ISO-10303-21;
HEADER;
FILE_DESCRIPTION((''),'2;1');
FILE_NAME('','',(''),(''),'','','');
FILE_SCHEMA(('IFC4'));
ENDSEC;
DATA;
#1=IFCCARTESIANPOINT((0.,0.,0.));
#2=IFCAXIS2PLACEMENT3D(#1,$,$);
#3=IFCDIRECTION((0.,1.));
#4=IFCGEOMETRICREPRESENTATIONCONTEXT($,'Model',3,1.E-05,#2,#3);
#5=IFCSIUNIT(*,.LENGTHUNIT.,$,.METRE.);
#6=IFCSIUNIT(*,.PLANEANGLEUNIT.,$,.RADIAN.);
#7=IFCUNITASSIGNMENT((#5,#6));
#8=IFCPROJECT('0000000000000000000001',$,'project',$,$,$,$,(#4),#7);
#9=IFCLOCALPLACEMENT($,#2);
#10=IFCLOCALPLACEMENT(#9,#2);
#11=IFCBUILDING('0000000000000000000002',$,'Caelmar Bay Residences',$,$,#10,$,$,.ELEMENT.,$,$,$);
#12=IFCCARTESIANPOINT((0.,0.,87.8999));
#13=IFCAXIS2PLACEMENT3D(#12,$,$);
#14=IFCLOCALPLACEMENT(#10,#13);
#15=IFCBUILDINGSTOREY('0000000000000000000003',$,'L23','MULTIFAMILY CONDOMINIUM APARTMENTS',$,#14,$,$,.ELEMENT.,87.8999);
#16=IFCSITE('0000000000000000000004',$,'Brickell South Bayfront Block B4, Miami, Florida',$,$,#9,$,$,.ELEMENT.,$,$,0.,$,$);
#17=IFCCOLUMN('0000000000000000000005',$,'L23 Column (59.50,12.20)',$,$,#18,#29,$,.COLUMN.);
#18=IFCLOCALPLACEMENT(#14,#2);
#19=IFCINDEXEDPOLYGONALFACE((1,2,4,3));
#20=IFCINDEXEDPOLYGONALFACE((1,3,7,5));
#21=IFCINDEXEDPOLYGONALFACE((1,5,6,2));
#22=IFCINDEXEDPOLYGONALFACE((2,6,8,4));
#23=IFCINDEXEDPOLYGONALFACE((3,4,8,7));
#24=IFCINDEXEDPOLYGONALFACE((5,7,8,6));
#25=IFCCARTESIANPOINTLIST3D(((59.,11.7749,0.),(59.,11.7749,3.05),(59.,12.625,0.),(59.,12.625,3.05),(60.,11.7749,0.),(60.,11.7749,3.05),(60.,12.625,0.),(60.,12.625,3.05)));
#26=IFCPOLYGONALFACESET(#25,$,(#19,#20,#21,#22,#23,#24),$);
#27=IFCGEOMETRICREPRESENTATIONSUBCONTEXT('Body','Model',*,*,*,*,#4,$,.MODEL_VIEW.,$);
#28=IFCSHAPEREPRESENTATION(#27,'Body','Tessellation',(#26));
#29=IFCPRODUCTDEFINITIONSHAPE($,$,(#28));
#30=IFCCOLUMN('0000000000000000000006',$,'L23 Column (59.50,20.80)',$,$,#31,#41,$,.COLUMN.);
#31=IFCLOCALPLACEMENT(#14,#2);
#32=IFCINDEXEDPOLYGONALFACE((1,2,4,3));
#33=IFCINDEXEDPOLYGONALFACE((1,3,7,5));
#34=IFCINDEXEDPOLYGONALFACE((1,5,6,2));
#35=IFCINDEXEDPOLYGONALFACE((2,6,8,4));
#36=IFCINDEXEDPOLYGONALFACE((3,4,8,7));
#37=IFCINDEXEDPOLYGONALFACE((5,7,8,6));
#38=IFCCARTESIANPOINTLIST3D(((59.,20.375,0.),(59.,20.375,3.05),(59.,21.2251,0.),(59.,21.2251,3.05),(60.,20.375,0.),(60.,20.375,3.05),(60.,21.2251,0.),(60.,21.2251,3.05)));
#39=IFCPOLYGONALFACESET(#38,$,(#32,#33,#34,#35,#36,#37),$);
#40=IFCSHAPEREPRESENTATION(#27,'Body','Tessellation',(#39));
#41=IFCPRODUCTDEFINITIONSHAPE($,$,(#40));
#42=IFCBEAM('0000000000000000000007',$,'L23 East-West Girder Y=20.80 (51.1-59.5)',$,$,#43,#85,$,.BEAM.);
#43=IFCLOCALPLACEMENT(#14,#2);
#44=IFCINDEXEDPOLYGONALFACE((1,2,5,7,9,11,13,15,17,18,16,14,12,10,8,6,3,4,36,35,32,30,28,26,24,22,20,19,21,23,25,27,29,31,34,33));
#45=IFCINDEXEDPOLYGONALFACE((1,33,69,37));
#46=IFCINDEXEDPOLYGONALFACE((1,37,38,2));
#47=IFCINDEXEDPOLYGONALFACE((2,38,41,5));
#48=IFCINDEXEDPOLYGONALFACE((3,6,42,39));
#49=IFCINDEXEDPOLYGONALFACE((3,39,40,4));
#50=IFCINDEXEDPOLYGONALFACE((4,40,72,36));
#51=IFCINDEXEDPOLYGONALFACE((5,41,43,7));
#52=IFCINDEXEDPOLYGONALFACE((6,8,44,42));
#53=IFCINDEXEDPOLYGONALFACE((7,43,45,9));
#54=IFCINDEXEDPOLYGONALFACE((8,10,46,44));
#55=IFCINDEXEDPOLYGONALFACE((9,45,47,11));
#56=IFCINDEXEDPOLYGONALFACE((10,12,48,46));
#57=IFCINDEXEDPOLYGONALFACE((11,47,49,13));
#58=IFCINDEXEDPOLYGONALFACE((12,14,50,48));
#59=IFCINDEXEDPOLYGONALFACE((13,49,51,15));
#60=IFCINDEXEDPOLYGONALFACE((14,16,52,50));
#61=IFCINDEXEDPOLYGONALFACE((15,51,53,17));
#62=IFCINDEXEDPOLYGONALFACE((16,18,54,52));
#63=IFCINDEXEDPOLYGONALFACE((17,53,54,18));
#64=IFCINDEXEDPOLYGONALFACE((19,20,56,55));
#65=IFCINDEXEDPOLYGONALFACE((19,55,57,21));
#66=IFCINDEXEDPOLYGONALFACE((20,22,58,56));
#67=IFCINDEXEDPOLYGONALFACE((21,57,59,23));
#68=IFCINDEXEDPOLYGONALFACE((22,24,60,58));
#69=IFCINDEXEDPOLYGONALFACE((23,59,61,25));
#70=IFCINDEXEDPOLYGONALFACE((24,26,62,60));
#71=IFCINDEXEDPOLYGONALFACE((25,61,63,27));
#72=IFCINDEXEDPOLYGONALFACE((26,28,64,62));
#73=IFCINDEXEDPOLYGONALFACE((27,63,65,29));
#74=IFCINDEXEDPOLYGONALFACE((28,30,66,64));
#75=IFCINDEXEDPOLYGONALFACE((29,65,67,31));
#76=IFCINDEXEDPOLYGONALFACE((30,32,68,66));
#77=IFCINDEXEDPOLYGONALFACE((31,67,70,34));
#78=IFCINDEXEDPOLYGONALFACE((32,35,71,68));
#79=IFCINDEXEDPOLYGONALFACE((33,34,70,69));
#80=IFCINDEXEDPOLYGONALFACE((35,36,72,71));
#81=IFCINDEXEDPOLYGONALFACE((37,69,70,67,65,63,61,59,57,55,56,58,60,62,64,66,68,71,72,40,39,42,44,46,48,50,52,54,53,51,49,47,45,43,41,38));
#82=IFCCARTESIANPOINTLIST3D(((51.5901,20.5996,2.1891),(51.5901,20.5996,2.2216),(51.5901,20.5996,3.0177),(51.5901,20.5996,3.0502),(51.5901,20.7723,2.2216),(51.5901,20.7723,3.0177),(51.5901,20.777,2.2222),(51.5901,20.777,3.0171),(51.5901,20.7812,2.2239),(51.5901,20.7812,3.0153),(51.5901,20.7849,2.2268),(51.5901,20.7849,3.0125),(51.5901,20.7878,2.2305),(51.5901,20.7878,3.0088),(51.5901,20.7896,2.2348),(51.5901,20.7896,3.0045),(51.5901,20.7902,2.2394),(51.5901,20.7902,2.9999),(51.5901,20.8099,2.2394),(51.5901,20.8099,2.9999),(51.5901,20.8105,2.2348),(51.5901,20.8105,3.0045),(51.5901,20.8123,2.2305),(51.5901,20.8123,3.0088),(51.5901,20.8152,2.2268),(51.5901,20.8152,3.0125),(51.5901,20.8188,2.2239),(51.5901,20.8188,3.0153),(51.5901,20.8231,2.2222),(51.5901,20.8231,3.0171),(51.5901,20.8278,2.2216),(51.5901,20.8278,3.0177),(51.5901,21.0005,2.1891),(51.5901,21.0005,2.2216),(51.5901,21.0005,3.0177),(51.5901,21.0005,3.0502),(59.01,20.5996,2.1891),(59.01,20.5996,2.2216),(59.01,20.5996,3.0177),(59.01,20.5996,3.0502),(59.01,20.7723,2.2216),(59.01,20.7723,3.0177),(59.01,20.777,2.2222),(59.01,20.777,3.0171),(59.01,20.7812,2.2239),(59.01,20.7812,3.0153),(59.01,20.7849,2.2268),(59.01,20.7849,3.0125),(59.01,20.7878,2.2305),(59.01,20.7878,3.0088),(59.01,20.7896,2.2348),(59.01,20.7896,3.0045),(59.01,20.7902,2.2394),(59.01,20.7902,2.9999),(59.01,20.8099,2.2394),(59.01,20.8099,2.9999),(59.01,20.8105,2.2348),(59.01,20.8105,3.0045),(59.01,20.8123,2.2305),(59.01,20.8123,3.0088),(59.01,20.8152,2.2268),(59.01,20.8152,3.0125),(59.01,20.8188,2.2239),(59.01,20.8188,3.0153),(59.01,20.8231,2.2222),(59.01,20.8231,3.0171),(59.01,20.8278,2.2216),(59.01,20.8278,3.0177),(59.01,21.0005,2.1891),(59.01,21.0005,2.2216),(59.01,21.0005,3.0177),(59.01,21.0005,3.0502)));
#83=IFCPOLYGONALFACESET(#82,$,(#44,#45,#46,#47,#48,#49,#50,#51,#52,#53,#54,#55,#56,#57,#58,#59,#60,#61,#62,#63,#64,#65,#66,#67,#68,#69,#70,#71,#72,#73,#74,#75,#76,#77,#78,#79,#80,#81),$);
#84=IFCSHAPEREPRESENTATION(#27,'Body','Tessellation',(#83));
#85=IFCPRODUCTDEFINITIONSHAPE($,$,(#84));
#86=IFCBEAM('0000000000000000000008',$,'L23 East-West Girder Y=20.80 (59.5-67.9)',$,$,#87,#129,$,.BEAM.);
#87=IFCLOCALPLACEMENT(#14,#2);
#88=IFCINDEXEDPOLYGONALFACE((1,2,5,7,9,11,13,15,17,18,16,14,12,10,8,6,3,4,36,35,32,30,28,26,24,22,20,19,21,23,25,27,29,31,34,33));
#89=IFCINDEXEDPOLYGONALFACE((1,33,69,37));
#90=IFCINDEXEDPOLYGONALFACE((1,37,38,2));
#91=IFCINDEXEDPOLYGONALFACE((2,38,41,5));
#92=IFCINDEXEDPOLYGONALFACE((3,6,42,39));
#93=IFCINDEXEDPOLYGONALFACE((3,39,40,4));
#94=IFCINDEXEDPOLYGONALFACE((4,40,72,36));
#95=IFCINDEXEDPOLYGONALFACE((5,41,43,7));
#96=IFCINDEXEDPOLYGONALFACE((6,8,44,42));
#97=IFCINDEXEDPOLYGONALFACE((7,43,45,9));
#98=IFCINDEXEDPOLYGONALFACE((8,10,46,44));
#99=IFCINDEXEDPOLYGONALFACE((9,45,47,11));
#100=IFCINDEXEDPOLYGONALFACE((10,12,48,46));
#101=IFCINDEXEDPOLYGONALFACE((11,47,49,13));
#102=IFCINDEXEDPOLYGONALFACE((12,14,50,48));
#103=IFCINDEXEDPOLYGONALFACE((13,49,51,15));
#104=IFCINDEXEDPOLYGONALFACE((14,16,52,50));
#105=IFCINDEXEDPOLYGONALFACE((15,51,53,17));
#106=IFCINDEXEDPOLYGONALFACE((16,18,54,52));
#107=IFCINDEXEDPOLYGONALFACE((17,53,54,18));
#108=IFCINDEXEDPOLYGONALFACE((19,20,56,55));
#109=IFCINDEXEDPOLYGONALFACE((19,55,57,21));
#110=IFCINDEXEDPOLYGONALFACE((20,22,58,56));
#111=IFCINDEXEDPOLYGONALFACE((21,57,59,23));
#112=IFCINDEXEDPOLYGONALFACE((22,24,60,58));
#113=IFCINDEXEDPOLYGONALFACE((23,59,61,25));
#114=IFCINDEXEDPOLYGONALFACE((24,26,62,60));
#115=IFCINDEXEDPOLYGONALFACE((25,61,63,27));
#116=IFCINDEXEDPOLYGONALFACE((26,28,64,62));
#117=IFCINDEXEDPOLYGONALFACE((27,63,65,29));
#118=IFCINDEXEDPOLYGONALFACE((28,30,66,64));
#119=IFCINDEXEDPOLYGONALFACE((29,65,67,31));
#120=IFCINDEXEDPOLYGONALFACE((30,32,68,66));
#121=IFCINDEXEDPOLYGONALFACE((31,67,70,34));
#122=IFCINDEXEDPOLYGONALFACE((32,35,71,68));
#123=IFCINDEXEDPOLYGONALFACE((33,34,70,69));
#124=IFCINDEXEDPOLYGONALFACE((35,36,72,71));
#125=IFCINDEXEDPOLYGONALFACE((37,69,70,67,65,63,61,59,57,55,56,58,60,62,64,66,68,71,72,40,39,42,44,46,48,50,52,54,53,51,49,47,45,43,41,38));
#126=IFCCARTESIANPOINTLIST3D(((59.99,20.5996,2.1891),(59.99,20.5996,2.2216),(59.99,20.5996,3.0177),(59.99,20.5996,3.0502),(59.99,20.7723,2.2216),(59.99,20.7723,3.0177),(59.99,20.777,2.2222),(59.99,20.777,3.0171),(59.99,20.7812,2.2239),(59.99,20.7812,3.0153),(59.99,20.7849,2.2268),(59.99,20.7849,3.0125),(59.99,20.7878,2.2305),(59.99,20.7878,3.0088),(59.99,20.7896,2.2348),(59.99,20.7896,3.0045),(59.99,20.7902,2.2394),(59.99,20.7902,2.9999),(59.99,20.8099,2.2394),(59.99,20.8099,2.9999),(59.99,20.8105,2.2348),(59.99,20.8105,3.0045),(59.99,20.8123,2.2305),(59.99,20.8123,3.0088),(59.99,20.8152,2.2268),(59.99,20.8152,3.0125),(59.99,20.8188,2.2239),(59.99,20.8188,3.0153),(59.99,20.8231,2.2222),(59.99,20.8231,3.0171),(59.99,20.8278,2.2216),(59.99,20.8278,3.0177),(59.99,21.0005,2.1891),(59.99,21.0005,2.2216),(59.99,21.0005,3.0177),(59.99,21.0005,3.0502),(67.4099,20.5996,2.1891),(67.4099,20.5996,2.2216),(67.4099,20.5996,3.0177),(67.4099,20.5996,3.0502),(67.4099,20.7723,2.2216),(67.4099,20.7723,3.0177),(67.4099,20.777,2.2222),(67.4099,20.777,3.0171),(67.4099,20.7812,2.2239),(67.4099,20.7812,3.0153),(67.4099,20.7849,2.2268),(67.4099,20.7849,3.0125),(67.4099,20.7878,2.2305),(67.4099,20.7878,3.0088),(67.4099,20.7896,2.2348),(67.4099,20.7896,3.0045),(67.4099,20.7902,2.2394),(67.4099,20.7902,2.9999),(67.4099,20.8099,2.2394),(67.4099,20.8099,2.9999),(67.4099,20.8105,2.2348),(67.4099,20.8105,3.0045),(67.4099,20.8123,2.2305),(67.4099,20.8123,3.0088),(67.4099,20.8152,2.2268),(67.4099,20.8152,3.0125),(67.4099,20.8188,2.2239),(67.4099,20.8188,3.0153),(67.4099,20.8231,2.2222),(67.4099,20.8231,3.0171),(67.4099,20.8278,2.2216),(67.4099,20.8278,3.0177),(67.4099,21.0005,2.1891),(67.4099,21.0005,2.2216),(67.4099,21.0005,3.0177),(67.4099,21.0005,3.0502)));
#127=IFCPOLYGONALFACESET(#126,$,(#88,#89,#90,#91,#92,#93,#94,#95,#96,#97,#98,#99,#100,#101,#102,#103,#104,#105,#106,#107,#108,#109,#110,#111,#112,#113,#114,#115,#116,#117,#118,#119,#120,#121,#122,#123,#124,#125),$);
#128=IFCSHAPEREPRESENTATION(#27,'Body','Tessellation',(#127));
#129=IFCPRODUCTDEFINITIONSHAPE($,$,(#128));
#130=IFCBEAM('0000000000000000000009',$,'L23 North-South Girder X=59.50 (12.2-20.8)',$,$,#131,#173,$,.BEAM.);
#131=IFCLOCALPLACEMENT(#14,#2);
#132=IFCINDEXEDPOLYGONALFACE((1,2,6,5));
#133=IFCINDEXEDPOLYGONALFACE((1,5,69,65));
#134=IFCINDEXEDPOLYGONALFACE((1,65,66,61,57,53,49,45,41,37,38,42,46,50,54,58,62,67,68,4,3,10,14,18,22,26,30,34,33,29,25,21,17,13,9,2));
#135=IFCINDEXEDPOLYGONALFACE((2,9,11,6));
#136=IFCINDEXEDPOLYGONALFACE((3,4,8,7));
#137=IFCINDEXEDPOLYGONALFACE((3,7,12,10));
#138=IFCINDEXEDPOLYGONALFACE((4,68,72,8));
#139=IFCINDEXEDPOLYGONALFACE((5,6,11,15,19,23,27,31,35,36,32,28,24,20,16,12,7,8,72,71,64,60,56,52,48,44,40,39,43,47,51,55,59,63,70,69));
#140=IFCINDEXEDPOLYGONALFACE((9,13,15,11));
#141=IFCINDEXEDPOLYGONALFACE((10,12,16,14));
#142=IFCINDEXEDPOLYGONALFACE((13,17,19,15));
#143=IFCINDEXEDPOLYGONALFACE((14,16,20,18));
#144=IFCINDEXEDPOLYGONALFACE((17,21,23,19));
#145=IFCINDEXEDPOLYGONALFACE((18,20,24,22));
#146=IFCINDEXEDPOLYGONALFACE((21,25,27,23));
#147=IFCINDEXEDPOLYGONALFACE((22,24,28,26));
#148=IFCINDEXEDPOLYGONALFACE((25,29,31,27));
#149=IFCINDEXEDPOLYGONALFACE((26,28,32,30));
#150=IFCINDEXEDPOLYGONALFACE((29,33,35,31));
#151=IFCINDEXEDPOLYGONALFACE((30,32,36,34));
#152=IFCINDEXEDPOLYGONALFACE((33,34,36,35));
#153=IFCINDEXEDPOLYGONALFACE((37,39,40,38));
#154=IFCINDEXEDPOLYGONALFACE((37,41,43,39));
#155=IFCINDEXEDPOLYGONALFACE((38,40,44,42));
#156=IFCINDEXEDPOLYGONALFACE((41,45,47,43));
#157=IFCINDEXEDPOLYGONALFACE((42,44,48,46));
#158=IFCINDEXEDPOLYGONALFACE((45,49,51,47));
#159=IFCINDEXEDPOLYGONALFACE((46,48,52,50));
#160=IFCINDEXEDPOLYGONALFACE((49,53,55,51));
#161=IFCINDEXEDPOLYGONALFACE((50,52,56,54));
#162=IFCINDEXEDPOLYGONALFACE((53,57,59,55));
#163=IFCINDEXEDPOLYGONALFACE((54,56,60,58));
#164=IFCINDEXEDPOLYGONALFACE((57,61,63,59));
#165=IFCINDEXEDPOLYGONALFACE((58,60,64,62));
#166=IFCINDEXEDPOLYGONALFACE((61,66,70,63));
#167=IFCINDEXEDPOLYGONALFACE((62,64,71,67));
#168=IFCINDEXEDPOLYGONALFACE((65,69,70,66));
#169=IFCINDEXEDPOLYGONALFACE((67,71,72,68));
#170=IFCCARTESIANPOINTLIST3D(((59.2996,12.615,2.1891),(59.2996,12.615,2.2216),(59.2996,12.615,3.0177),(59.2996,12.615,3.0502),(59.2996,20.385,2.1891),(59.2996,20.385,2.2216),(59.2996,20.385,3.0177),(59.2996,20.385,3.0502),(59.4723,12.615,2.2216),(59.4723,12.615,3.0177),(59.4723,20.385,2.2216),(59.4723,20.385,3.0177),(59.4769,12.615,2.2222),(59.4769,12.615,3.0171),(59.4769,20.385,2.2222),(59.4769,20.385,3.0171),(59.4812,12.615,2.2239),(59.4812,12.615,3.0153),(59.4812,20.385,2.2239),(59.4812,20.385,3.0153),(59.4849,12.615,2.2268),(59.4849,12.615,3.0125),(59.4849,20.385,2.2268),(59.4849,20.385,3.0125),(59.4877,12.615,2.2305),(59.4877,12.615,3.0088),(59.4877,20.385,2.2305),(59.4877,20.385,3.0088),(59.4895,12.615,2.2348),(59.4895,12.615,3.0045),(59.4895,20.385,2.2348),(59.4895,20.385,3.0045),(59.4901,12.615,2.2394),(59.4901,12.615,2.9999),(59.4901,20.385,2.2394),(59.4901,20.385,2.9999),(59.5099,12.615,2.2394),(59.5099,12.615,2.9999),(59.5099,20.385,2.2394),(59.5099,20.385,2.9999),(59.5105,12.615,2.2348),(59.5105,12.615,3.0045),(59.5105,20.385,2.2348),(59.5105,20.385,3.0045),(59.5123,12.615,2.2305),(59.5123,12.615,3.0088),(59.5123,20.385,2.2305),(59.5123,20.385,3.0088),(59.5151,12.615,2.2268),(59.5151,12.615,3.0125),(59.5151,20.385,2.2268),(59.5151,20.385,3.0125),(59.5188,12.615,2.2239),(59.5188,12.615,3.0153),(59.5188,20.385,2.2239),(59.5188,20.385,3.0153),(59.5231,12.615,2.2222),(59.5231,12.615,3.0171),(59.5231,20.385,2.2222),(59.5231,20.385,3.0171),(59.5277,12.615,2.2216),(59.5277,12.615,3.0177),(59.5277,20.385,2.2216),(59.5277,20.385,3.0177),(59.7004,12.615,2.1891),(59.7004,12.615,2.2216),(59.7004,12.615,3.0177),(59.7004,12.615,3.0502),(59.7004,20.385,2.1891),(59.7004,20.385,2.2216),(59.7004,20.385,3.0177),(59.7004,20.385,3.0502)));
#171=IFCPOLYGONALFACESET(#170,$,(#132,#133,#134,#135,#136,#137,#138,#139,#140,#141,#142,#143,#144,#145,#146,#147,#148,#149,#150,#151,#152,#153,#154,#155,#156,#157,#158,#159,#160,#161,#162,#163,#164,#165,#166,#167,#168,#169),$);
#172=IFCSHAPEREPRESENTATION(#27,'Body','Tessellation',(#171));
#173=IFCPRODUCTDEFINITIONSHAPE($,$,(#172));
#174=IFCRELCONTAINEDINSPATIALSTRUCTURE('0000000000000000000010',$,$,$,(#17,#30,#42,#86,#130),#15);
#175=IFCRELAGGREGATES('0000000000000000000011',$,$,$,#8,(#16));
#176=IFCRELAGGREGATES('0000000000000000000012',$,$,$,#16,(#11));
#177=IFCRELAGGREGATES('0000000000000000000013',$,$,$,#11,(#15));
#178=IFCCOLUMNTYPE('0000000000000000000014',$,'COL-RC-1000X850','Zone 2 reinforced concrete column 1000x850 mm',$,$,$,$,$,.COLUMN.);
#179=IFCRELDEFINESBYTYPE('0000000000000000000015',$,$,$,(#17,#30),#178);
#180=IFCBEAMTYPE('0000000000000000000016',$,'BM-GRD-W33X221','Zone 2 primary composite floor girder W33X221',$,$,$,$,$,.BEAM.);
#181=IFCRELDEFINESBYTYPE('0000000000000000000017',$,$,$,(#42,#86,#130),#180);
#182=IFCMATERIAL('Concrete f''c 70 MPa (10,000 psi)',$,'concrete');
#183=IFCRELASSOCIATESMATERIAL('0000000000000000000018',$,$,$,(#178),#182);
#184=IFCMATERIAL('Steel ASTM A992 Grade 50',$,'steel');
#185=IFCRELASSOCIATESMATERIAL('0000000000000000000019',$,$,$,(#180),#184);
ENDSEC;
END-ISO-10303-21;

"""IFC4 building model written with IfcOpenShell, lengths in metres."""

from ifc_helpers import new_model, si_unit, direction, frame, origin, origin_2d, place, context, subcontext, project, spatial, rectangle, i_section, extrude, material, material_profile, profile_set, type_object, element, save


model = new_model("IFC4")

# Units and contexts
model_context = context("Model", 3, precision=1e-05, world=origin(), true_north=direction((0.0, 1.0)))
body_context = subcontext(model_context, "Body", "Model", "MODEL_VIEW")
ifc_project = project(units=[si_unit("LENGTHUNIT", "METRE"), si_unit("PLANEANGLEUNIT", "RADIAN")], contexts=[model_context])

# Site, building, storey
site_placement = place(None, origin())
site = spatial("IfcSite", under=ifc_project, at=site_placement, Name="Brickell South Bayfront Block B4, Miami, Florida", CompositionType="ELEMENT", RefElevation=0.0)
building_placement = place(site_placement, origin())
building = spatial("IfcBuilding", under=site, at=building_placement, Name="Caelmar Bay Residences", CompositionType="ELEMENT")
storey_placement = place(building_placement, frame((0.0, 0.0, 87.8999)))
storey = spatial("IfcBuildingStorey", under=building, at=storey_placement, Name="L23", Description="MULTIFAMILY CONDOMINIUM APARTMENTS", CompositionType="ELEMENT", Elevation=87.8999)

# Columns
ifc_material_1 = material(Name="Concrete f'c 70 MPa (10,000 psi)", Category="concrete")
ifc_material_profile_1 = material_profile(ifc_material_1, rectangle(XDim=1.0, YDim=0.8501, at=origin_2d()), Name="RC-COL-1000X850")
ifc_profile_set_1 = profile_set([ifc_material_profile_1], Name="Concrete f'c 70 MPa (10,000 psi)")
column_type = type_object("IfcColumnType", Name="COL-RC-1000X850", Description="Zone 2 reinforced concrete column 1000x850 mm", PredefinedType="COLUMN", material=ifc_profile_set_1)
for number, where, z_axis, x_axis, name in (
    (1, (59.5, 12.2, 0.0), (0.0, 0.0, 1.0), (1.0, 0.0, 0.0), "L23 Column (59.50,12.20)"),
    (2, (59.5, 20.8, 0.0), (0.0, 0.0, 1.0), (1.0, 0.0, 0.0), "L23 Column (59.50,20.80)"),
):
    element("IfcColumn", number, at=place(storey_placement, frame(where, z_axis=z_axis, x_axis=x_axis)), inside=storey, type_object=column_type, Name=name, PredefinedType="COLUMN", context=body_context, shape_type="SweptSolid", body=[
        extrude(rectangle(XDim=1.0, YDim=0.8501, at=origin_2d()), origin(), (0.0, 0.0, 1.0), 3.05),
    ])

# Beams
ifc_material_2 = material(Name="Steel ASTM A992 Grade 50", Category="steel")
ifc_material_profile_2 = material_profile(ifc_material_2, i_section(OverallWidth=0.4009, OverallDepth=0.8611, WebThickness=0.0198, FlangeThickness=0.0325, FilletRadius=0.0178, at=origin_2d()), Name="W33X221")
ifc_profile_set_2 = profile_set([ifc_material_profile_2], Name="Steel ASTM A992 Grade 50")
beam_type_1 = type_object("IfcBeamType", Name="BM-GRD-W33X221", Description="Zone 2 primary composite floor girder W33X221", PredefinedType="BEAM", material=ifc_profile_set_2)
for number, where, z_axis, x_axis, name in (
    (3, (51.5901, 20.8, 2.6196), (1.0, 0.0, 0.0), (0.0, 1.0, 0.0), "L23 East-West Girder Y=20.80 (51.1-59.5)"),
    (4, (59.99, 20.8, 2.6196), (1.0, 0.0, 0.0), (0.0, 1.0, 0.0), "L23 East-West Girder Y=20.80 (59.5-67.9)"),
):
    element("IfcBeam", number, at=place(storey_placement, frame(where, z_axis=z_axis, x_axis=x_axis)), inside=storey, type_object=beam_type_1, Name=name, PredefinedType="BEAM", context=body_context, shape_type="SweptSolid", body=[
        extrude(i_section(OverallWidth=0.4009, OverallDepth=0.8611, WebThickness=0.0198, FlangeThickness=0.0325, FilletRadius=0.0178, at=origin_2d()), origin(), (0.0, 0.0, 1.0), 7.4199),
    ])
for number, where, z_axis, x_axis, name in (
    (5, (59.5, 12.615, 2.6196), (0.0, 1.0, 0.0), (-1.0, 0.0, 0.0), "L23 North-South Girder X=59.50 (12.2-20.8)"),
):
    element("IfcBeam", number, at=place(storey_placement, frame(where, z_axis=z_axis, x_axis=x_axis)), inside=storey, type_object=beam_type_1, Name=name, PredefinedType="BEAM", context=body_context, shape_type="SweptSolid", body=[
        extrude(i_section(OverallWidth=0.4009, OverallDepth=0.8611, WebThickness=0.0198, FlangeThickness=0.0325, FilletRadius=0.0178, at=origin_2d()), origin(), (0.0, 0.0, 1.0), 7.77),
    ])

save(model, "model.ifc")
